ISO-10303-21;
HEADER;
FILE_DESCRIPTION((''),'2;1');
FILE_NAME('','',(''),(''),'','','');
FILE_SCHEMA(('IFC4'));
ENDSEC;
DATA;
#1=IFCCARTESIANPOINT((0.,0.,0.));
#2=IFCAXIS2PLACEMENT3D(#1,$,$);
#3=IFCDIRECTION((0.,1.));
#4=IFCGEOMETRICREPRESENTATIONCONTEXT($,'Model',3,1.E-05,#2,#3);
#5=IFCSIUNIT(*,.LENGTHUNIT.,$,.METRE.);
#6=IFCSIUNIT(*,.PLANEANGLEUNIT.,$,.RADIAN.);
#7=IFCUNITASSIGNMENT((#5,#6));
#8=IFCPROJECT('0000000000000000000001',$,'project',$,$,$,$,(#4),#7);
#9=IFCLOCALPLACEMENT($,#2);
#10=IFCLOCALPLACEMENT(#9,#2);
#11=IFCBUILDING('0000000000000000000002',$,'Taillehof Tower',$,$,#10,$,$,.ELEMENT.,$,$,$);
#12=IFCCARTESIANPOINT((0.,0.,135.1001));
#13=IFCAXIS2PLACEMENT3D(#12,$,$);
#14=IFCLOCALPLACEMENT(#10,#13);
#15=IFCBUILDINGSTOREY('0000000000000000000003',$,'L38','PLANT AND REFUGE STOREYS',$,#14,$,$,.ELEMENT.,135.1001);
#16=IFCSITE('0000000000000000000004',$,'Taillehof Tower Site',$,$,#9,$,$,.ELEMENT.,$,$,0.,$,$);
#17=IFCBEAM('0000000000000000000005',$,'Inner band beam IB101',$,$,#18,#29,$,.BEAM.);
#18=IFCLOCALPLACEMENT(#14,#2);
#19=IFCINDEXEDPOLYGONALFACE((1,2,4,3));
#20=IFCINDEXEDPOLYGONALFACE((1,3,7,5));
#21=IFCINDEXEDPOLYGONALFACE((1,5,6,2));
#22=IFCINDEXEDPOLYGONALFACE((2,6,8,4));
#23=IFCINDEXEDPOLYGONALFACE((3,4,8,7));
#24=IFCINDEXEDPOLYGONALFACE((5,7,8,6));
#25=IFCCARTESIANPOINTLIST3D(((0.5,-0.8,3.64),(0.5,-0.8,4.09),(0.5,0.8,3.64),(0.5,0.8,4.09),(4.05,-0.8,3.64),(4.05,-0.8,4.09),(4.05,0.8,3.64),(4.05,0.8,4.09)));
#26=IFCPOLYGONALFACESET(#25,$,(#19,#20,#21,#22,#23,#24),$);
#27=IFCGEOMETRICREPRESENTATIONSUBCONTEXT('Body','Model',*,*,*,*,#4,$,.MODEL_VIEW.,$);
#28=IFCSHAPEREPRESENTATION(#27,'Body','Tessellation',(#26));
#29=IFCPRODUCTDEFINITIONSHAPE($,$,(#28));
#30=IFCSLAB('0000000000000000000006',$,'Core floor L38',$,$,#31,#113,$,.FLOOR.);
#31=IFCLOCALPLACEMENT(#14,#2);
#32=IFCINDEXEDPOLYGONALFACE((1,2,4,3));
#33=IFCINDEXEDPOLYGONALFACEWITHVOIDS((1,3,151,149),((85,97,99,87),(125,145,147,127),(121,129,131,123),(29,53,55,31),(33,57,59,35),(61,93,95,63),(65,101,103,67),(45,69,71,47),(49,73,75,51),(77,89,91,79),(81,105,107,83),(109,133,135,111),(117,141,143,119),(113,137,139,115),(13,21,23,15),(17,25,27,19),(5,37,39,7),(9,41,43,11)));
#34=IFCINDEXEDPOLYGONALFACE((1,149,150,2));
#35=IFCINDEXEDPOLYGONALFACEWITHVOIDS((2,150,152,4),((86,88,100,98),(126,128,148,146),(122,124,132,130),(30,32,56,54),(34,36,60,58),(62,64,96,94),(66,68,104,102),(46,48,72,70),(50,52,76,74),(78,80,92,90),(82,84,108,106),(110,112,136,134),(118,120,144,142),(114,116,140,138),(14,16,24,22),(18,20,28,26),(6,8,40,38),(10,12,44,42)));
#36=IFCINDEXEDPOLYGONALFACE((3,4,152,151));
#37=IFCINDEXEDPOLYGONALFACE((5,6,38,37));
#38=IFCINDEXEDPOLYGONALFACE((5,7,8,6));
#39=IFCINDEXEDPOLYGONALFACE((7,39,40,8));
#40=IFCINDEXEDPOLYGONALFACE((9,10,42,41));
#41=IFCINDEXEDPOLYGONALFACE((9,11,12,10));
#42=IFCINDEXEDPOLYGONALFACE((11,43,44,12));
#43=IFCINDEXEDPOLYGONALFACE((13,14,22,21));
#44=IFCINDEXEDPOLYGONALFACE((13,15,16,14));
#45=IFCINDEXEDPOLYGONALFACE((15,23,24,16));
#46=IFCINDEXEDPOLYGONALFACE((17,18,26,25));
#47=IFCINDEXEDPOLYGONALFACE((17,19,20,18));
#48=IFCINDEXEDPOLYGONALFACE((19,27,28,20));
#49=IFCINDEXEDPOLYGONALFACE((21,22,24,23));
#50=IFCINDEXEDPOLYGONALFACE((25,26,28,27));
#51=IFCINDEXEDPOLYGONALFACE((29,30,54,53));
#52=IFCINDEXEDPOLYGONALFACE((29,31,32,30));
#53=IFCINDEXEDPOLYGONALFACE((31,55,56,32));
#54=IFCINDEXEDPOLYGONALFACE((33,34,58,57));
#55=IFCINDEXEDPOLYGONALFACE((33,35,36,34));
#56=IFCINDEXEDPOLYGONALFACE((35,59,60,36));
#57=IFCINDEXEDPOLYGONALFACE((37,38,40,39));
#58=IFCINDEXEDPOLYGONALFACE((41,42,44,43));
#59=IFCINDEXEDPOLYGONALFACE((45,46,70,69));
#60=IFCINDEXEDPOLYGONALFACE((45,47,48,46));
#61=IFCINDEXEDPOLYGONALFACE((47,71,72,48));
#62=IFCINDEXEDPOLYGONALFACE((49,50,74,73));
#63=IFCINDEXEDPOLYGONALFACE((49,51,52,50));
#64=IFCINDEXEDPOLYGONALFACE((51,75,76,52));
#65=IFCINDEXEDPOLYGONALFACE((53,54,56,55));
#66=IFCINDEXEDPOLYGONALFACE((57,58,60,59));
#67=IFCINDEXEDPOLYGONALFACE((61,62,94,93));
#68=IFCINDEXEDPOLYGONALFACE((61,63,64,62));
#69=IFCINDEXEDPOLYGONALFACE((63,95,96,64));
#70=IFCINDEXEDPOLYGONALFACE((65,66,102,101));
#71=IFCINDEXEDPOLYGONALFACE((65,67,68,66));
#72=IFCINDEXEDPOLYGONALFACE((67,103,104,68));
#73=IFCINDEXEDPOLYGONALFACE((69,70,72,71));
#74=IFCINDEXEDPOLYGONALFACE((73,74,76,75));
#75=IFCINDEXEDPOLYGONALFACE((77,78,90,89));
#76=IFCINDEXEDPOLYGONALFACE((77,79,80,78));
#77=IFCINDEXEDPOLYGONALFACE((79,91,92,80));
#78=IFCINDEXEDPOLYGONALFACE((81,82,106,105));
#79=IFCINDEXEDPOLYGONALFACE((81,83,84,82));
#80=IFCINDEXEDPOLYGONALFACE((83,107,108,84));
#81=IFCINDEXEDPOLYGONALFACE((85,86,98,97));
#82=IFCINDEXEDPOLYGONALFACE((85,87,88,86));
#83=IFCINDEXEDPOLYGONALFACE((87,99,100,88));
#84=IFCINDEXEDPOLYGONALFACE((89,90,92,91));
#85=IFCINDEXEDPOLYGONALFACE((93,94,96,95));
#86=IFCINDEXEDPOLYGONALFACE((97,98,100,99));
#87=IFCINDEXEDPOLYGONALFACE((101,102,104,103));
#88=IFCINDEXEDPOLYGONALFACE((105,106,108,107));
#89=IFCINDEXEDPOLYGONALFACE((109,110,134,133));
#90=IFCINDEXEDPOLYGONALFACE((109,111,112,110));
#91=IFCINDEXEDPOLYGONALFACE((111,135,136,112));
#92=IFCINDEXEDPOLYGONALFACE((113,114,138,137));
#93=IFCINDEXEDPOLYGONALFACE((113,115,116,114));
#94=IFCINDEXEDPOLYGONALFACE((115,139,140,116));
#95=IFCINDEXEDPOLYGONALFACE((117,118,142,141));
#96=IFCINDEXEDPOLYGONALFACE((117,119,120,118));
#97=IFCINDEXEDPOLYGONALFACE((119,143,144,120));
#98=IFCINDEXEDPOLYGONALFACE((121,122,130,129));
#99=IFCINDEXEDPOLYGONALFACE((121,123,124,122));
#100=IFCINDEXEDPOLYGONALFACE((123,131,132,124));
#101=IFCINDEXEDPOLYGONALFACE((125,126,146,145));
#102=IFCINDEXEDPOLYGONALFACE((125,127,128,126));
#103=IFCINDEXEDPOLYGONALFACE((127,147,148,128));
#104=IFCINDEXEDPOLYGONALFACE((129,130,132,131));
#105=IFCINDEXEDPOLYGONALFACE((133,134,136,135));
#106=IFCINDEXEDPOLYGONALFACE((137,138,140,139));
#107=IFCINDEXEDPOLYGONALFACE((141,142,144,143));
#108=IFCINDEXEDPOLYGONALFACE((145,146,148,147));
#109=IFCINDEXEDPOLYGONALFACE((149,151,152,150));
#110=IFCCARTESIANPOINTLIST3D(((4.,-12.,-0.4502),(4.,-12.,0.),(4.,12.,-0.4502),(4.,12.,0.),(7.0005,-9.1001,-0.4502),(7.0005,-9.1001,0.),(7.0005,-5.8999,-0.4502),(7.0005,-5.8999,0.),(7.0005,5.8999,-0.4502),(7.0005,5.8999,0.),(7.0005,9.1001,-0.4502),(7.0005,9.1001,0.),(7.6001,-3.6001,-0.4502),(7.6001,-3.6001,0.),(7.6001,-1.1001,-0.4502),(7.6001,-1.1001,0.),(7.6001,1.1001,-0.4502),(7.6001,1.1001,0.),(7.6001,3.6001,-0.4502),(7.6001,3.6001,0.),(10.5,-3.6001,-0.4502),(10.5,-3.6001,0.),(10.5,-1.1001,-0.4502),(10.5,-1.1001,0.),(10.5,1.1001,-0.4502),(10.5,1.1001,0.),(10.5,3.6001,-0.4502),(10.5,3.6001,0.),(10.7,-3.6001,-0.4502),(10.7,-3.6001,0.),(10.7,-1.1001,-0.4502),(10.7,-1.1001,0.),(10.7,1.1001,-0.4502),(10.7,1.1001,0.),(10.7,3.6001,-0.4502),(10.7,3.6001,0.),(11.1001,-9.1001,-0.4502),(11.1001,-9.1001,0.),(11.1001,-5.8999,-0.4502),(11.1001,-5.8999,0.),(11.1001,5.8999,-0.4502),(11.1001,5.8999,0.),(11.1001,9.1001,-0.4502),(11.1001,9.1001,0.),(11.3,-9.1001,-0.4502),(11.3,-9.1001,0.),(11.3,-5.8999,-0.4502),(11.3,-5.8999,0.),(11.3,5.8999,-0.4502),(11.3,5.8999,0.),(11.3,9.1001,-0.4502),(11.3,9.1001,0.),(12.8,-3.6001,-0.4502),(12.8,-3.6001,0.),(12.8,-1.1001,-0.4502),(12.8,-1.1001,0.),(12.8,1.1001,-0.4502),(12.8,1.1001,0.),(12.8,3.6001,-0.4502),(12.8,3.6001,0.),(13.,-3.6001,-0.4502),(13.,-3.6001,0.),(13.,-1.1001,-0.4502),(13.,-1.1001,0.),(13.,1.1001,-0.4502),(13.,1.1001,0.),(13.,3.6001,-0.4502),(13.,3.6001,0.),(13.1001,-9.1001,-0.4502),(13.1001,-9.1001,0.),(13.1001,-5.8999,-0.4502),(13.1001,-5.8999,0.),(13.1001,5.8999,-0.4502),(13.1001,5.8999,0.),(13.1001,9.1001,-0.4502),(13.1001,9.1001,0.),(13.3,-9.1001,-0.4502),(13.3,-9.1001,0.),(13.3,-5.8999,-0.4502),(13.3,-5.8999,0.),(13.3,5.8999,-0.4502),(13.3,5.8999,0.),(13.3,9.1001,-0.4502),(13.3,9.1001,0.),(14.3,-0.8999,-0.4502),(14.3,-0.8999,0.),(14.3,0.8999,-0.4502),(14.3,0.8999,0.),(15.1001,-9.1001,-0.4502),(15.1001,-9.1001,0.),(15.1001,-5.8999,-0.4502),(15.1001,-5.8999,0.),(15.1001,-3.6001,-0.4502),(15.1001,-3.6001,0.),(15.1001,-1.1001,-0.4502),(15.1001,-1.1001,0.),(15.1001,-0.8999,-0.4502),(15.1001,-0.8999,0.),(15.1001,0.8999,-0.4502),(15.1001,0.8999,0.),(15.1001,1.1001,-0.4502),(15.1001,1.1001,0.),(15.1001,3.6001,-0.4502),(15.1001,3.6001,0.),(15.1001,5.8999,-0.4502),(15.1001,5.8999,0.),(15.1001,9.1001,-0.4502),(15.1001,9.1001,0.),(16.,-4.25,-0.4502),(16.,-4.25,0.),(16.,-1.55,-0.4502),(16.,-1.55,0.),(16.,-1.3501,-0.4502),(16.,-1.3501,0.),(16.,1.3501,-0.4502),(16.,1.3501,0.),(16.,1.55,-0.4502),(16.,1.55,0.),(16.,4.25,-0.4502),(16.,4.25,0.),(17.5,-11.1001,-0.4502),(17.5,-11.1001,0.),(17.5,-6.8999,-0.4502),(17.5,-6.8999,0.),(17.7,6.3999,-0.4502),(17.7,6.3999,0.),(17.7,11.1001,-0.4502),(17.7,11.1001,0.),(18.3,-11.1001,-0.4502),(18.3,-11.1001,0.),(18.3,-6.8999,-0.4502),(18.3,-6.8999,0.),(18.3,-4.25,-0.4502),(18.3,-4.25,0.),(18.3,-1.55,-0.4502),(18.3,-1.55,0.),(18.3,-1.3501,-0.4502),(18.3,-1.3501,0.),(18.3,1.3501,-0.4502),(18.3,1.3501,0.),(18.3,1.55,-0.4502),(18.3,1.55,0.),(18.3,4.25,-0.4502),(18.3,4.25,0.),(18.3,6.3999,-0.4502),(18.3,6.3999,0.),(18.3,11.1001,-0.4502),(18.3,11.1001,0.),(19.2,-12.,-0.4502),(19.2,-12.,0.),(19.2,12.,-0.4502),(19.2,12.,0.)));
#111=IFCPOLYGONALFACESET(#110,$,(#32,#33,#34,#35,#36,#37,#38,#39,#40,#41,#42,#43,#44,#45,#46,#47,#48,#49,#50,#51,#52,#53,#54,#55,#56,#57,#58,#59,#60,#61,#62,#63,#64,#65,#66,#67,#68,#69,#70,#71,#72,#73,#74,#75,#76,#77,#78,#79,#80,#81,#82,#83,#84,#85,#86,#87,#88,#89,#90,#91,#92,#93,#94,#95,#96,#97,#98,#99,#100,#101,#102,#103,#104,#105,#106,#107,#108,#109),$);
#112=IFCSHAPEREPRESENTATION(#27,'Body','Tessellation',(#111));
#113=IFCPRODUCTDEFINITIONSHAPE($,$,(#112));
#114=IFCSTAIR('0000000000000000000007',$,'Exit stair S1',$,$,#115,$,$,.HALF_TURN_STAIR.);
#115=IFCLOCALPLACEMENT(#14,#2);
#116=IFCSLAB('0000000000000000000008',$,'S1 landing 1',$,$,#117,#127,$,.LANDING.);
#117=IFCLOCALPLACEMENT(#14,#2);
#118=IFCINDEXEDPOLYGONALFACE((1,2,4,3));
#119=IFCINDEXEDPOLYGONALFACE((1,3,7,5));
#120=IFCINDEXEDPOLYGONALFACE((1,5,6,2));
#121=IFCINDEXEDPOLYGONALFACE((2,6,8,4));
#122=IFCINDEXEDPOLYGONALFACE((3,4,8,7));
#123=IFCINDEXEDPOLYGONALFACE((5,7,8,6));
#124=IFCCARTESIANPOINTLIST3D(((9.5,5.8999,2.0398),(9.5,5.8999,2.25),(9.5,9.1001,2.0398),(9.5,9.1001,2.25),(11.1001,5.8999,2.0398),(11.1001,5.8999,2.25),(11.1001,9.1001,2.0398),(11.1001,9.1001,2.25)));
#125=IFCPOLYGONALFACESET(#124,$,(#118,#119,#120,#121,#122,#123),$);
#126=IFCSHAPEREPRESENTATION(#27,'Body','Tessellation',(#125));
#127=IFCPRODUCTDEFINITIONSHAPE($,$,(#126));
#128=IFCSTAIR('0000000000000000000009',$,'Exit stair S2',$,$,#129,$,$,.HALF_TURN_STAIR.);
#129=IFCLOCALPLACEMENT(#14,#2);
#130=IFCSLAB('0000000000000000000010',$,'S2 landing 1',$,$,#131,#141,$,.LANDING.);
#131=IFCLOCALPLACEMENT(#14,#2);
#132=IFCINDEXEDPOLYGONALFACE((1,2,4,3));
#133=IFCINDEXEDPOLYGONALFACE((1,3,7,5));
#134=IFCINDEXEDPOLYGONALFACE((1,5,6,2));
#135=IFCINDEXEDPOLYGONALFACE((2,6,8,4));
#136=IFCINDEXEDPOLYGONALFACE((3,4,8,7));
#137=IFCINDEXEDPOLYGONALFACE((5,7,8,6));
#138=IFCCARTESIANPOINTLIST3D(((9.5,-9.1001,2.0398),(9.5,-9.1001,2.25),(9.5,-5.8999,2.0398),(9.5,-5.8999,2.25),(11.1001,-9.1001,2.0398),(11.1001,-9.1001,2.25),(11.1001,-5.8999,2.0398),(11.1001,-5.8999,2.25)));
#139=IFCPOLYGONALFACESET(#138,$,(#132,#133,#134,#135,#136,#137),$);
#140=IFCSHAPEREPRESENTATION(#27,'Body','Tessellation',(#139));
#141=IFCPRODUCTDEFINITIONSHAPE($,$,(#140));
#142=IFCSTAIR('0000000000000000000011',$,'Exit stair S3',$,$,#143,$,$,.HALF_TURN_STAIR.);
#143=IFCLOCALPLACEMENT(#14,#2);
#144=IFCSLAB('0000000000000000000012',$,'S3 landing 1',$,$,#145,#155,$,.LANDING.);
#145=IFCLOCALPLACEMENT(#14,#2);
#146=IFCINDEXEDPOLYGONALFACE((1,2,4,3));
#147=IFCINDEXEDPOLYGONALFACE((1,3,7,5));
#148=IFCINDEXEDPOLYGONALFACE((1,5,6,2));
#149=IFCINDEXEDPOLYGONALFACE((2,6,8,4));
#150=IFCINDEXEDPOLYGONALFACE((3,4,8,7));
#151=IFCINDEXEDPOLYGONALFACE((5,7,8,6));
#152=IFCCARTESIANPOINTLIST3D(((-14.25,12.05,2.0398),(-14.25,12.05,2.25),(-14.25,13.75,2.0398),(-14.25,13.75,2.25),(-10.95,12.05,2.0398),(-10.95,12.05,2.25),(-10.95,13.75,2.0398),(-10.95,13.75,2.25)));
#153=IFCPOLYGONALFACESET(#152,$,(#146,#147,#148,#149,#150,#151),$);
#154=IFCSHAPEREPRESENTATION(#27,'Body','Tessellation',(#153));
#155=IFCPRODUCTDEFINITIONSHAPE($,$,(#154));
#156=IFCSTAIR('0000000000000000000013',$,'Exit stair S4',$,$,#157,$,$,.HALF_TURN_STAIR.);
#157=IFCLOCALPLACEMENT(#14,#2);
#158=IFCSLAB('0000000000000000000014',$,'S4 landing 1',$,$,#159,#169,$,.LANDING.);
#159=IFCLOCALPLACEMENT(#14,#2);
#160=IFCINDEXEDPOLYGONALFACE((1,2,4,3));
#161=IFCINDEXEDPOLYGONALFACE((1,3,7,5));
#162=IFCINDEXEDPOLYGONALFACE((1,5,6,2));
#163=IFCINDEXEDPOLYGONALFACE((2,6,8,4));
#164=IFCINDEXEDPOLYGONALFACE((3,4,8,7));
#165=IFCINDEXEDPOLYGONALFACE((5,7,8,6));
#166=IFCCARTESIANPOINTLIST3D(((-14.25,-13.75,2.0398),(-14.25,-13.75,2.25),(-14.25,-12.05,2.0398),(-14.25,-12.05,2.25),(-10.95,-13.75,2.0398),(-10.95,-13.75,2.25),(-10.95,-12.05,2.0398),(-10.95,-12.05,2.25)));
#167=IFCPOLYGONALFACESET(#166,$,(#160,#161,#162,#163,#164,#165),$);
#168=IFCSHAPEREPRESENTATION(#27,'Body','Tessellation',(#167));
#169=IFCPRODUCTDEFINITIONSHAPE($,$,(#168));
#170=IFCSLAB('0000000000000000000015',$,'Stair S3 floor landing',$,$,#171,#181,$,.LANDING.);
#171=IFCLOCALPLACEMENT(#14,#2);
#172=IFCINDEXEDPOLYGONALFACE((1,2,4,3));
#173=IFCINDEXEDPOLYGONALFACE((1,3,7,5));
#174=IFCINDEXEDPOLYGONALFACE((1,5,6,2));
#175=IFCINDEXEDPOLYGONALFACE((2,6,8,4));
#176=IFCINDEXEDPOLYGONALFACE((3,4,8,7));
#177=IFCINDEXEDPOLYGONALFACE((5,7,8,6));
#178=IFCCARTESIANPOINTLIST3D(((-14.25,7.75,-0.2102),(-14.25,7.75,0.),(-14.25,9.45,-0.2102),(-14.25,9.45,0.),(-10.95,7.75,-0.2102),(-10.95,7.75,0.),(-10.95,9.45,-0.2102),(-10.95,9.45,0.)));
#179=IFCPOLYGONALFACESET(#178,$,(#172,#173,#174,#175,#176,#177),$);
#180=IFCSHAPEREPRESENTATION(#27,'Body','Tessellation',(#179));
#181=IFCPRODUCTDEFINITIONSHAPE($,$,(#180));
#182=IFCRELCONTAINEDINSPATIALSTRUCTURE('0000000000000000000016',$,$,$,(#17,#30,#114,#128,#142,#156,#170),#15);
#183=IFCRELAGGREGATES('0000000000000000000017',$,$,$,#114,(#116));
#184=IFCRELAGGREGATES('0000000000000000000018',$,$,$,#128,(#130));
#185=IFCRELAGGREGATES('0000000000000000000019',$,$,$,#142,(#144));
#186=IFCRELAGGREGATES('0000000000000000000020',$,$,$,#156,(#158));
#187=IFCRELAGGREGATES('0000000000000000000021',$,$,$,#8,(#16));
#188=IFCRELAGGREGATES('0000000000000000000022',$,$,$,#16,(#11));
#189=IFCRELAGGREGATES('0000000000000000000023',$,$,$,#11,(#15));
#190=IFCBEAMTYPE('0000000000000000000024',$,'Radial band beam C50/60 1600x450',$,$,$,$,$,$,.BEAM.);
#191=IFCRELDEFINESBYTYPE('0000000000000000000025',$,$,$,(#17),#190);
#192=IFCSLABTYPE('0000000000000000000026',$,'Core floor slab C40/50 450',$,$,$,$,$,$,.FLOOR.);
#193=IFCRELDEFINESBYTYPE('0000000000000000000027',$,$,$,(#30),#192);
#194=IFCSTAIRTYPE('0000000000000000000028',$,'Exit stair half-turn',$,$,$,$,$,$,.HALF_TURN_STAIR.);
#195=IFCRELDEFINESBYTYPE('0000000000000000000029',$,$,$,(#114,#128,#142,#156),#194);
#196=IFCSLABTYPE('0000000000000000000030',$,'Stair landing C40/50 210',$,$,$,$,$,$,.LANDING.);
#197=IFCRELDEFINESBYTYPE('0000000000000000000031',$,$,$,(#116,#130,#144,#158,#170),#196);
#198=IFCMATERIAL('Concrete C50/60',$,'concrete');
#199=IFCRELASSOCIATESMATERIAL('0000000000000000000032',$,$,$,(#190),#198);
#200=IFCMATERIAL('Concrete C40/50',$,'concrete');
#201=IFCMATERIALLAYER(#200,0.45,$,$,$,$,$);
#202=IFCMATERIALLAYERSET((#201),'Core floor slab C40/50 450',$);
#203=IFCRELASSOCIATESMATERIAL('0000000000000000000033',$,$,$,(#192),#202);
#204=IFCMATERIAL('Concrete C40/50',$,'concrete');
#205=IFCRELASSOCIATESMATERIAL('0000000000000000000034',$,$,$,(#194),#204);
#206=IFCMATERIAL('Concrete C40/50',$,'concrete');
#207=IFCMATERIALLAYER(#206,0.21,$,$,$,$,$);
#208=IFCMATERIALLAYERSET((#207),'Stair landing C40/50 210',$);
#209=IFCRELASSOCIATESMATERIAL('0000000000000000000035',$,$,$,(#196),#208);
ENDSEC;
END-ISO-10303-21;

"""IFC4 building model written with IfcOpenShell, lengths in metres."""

from ifc_helpers import new_model, si_unit, direction, frame, origin, origin_2d, place, context, subcontext, project, spatial, polyline, rectangle, outline, extrude, material, layer, layer_set, material_profile, profile_set, type_object, element, aggregate, save


model = new_model("IFC4")

# Units and contexts
model_context = context("Model", 3, precision=1e-05, world=origin(), true_north=direction((0.0, 1.0)))
body_context = subcontext(model_context, "Body", "Model", "MODEL_VIEW")
ifc_project = project(units=[si_unit("LENGTHUNIT", "METRE"), si_unit("PLANEANGLEUNIT", "RADIAN")], contexts=[model_context])

# Site, building, storey
site_placement = place(None, origin())
site = spatial("IfcSite", under=ifc_project, at=site_placement, Name="Taillehof Tower Site", CompositionType="ELEMENT", RefElevation=0.0)
building_placement = place(site_placement, origin())
building = spatial("IfcBuilding", under=site, at=building_placement, Name="Taillehof Tower", CompositionType="ELEMENT")
storey_placement = place(building_placement, frame((0.0, 0.0, 135.1001)))
storey = spatial("IfcBuildingStorey", under=building, at=storey_placement, Name="L38", Description="PLANT AND REFUGE STOREYS", CompositionType="ELEMENT", Elevation=135.1001)

# Beam
ifc_material_1 = material(Name="Concrete C50/60", Category="concrete")
ifc_material_profile = material_profile(ifc_material_1, rectangle(XDim=1.6001, YDim=0.45, at=origin_2d()), Name="RC 1600x450")
ifc_profile_set = profile_set([ifc_material_profile], Name="Concrete C50/60")
beam_type = type_object("IfcBeamType", Name="Radial band beam C50/60 1600x450", PredefinedType="BEAM", material=ifc_profile_set)
beam_placement = place(storey_placement, frame((0.5, 0.0, 3.865), z_axis=(1.0, 0.0, 0.0), x_axis=(0.0, 1.0, 0.0)))
element("IfcBeam", 1, at=beam_placement, inside=storey, type_object=beam_type, Name="Inner band beam IB101", PredefinedType="BEAM", context=body_context, shape_type="SweptSolid", body=[
    extrude(rectangle(XDim=1.6001, YDim=0.45, at=origin_2d()), origin(), (0.0, 0.0, 1.0), 3.55),
])

# Slab
ifc_material_2 = material(Name="Concrete C40/50", Category="concrete")
ifc_layer_1 = layer(ifc_material_2, 0.45)
ifc_layer_set_1 = layer_set([ifc_layer_1], Name="Core floor slab C40/50 450")
slab_type_1 = type_object("IfcSlabType", Name="Core floor slab C40/50 450", PredefinedType="FLOOR", material=ifc_layer_set_1)
slab_1_placement = place(storey_placement, frame((0.0, 0.0, -0.4502)))
element("IfcSlab", 2, at=slab_1_placement, inside=storey, type_object=slab_type_1, Name="Core floor L38", PredefinedType="FLOOR", context=body_context, shape_type="SweptSolid", body=[
    extrude(outline(polyline([(4.0, -12.0), (4.0, 12.0), (19.2, 12.0), (19.2, -12.0), (4.0, -12.0)]), holes=[polyline([(7.0005, -9.1001), (11.1001, -9.1001), (11.1001, -5.8999), (7.0005, -5.8999), (7.0005, -9.1001)]), polyline([(13.1001, -9.1001), (13.1001, -5.8999), (11.3, -5.8999), (11.3, -9.1001), (13.1001, -9.1001)]), polyline([(10.5, -3.6001), (10.5, -1.1001), (7.6001, -1.1001), (7.6001, -3.6001), (10.5, -3.6001)]), polyline([(12.8, -3.6001), (12.8, -1.1001), (10.7, -1.1001), (10.7, -3.6001), (12.8, -3.6001)]), polyline([(10.5, 1.1001), (10.5, 3.6001), (7.6001, 3.6001), (7.6001, 1.1001), (10.5, 1.1001)]), polyline([(12.8, 1.1001), (12.8, 3.6001), (10.7, 3.6001), (10.7, 1.1001), (12.8, 1.1001)]), polyline([(15.1001, 1.1001), (15.1001, 3.6001), (13.0, 3.6001), (13.0, 1.1001), (15.1001, 1.1001)]), polyline([(11.3, 5.8999), (13.1001, 5.8999), (13.1001, 9.1001), (11.3, 9.1001), (11.3, 5.8999)]), polyline([(7.0005, 5.8999), (11.1001, 5.8999), (11.1001, 9.1001), (7.0005, 9.1001), (7.0005, 5.8999)]), polyline([(18.3, -11.1001), (18.3, -6.8999), (17.5, -6.8999), (17.5, -11.1001), (18.3, -11.1001)]), polyline([(15.1001, -9.1001), (15.1001, -5.8999), (13.3, -5.8999), (13.3, -9.1001), (15.1001, -9.1001)]), polyline([(18.3, -4.25), (18.3, -1.55), (16.0, -1.55), (16.0, -4.25), (18.3, -4.25)]), polyline([(15.1001, -3.6001), (15.1001, -1.1001), (13.0, -1.1001), (13.0, -3.6001), (15.1001, -3.6001)]), polyline([(15.1001, -0.8999), (15.1001, 0.8999), (14.3, 0.8999), (14.3, -0.8999), (15.1001, -0.8999)]), polyline([(18.3, -1.3501), (18.3, 1.3501), (16.0, 1.3501), (16.0, -1.3501), (18.3, -1.3501)]), polyline([(18.3, 1.55), (18.3, 4.25), (16.0, 4.25), (16.0, 1.55), (18.3, 1.55)]), polyline([(13.3, 5.8999), (15.1001, 5.8999), (15.1001, 9.1001), (13.3, 9.1001), (13.3, 5.8999)]), polyline([(17.7, 6.3999), (18.3, 6.3999), (18.3, 11.1001), (17.7, 11.1001), (17.7, 6.3999)])]), origin(), (0.0, 0.0, 1.0), 0.4502),
])

# Stairs, slabs
ifc_material_3 = material(Name="Concrete C40/50", Category="concrete")
stair_type = type_object("IfcStairType", Name="Exit stair half-turn", PredefinedType="HALF_TURN_STAIR", material=ifc_material_3)
stair_1_placement = place(storey_placement, origin())
stair_1 = element("IfcStair", 3, at=stair_1_placement, inside=storey, type_object=stair_type, Name="Exit stair S1", PredefinedType="HALF_TURN_STAIR")
ifc_material_4 = material(Name="Concrete C40/50", Category="concrete")
ifc_layer_2 = layer(ifc_material_4, 0.21)
ifc_layer_set_2 = layer_set([ifc_layer_2], Name="Stair landing C40/50 210")
slab_type_2 = type_object("IfcSlabType", Name="Stair landing C40/50 210", PredefinedType="LANDING", material=ifc_layer_set_2)
slab_2_placement = place(storey_placement, frame((0.0, 0.0, 2.0398)))
slab_2 = element("IfcSlab", 4, at=slab_2_placement, type_object=slab_type_2, Name="S1 landing 1", PredefinedType="LANDING", context=body_context, shape_type="SweptSolid", body=[
    extrude(outline(polyline([(9.5, 5.8999), (11.1001, 5.8999), (11.1001, 9.1001), (9.5, 9.1001), (9.5, 5.8999)])), origin(), (0.0, 0.0, 1.0), 0.2102),
])
aggregate(stair_1, [slab_2])
stair_2_placement = place(storey_placement, origin())
stair_2 = element("IfcStair", 5, at=stair_2_placement, inside=storey, type_object=stair_type, Name="Exit stair S2", PredefinedType="HALF_TURN_STAIR")
slab_3_placement = place(storey_placement, frame((0.0, 0.0, 2.0398)))
slab_3 = element("IfcSlab", 6, at=slab_3_placement, type_object=slab_type_2, Name="S2 landing 1", PredefinedType="LANDING", context=body_context, shape_type="SweptSolid", body=[
    extrude(outline(polyline([(9.5, -5.8999), (11.1001, -5.8999), (11.1001, -9.1001), (9.5, -9.1001), (9.5, -5.8999)])), origin(), (0.0, 0.0, 1.0), 0.2102),
])
aggregate(stair_2, [slab_3])
stair_3_placement = place(storey_placement, origin())
stair_3 = element("IfcStair", 7, at=stair_3_placement, inside=storey, type_object=stair_type, Name="Exit stair S3", PredefinedType="HALF_TURN_STAIR")
slab_4_placement = place(storey_placement, frame((0.0, 0.0, 2.0398)))
slab_4 = element("IfcSlab", 8, at=slab_4_placement, type_object=slab_type_2, Name="S3 landing 1", PredefinedType="LANDING", context=body_context, shape_type="SweptSolid", body=[
    extrude(outline(polyline([(-14.25, 12.05), (-14.25, 13.75), (-10.95, 13.75), (-10.95, 12.05), (-14.25, 12.05)])), origin(), (0.0, 0.0, 1.0), 0.2102),
])
aggregate(stair_3, [slab_4])
stair_4_placement = place(storey_placement, origin())
stair_4 = element("IfcStair", 9, at=stair_4_placement, inside=storey, type_object=stair_type, Name="Exit stair S4", PredefinedType="HALF_TURN_STAIR")
slab_5_placement = place(storey_placement, frame((0.0, 0.0, 2.0398)))
slab_5 = element("IfcSlab", 10, at=slab_5_placement, type_object=slab_type_2, Name="S4 landing 1", PredefinedType="LANDING", context=body_context, shape_type="SweptSolid", body=[
    extrude(outline(polyline([(-14.25, -12.05), (-14.25, -13.75), (-10.95, -13.75), (-10.95, -12.05), (-14.25, -12.05)])), origin(), (0.0, 0.0, 1.0), 0.2102),
])
aggregate(stair_4, [slab_5])

# Slab
slab_6_placement = place(storey_placement, frame((0.0, 0.0, -0.2102)))
element("IfcSlab", 11, at=slab_6_placement, inside=storey, type_object=slab_type_2, Name="Stair S3 floor landing", PredefinedType="LANDING", context=body_context, shape_type="SweptSolid", body=[
    extrude(outline(polyline([(-14.25, 7.75), (-14.25, 9.45), (-10.95, 9.45), (-10.95, 7.75), (-14.25, 7.75)])), origin(), (0.0, 0.0, 1.0), 0.2102),
])

save(model, "model.ifc")
